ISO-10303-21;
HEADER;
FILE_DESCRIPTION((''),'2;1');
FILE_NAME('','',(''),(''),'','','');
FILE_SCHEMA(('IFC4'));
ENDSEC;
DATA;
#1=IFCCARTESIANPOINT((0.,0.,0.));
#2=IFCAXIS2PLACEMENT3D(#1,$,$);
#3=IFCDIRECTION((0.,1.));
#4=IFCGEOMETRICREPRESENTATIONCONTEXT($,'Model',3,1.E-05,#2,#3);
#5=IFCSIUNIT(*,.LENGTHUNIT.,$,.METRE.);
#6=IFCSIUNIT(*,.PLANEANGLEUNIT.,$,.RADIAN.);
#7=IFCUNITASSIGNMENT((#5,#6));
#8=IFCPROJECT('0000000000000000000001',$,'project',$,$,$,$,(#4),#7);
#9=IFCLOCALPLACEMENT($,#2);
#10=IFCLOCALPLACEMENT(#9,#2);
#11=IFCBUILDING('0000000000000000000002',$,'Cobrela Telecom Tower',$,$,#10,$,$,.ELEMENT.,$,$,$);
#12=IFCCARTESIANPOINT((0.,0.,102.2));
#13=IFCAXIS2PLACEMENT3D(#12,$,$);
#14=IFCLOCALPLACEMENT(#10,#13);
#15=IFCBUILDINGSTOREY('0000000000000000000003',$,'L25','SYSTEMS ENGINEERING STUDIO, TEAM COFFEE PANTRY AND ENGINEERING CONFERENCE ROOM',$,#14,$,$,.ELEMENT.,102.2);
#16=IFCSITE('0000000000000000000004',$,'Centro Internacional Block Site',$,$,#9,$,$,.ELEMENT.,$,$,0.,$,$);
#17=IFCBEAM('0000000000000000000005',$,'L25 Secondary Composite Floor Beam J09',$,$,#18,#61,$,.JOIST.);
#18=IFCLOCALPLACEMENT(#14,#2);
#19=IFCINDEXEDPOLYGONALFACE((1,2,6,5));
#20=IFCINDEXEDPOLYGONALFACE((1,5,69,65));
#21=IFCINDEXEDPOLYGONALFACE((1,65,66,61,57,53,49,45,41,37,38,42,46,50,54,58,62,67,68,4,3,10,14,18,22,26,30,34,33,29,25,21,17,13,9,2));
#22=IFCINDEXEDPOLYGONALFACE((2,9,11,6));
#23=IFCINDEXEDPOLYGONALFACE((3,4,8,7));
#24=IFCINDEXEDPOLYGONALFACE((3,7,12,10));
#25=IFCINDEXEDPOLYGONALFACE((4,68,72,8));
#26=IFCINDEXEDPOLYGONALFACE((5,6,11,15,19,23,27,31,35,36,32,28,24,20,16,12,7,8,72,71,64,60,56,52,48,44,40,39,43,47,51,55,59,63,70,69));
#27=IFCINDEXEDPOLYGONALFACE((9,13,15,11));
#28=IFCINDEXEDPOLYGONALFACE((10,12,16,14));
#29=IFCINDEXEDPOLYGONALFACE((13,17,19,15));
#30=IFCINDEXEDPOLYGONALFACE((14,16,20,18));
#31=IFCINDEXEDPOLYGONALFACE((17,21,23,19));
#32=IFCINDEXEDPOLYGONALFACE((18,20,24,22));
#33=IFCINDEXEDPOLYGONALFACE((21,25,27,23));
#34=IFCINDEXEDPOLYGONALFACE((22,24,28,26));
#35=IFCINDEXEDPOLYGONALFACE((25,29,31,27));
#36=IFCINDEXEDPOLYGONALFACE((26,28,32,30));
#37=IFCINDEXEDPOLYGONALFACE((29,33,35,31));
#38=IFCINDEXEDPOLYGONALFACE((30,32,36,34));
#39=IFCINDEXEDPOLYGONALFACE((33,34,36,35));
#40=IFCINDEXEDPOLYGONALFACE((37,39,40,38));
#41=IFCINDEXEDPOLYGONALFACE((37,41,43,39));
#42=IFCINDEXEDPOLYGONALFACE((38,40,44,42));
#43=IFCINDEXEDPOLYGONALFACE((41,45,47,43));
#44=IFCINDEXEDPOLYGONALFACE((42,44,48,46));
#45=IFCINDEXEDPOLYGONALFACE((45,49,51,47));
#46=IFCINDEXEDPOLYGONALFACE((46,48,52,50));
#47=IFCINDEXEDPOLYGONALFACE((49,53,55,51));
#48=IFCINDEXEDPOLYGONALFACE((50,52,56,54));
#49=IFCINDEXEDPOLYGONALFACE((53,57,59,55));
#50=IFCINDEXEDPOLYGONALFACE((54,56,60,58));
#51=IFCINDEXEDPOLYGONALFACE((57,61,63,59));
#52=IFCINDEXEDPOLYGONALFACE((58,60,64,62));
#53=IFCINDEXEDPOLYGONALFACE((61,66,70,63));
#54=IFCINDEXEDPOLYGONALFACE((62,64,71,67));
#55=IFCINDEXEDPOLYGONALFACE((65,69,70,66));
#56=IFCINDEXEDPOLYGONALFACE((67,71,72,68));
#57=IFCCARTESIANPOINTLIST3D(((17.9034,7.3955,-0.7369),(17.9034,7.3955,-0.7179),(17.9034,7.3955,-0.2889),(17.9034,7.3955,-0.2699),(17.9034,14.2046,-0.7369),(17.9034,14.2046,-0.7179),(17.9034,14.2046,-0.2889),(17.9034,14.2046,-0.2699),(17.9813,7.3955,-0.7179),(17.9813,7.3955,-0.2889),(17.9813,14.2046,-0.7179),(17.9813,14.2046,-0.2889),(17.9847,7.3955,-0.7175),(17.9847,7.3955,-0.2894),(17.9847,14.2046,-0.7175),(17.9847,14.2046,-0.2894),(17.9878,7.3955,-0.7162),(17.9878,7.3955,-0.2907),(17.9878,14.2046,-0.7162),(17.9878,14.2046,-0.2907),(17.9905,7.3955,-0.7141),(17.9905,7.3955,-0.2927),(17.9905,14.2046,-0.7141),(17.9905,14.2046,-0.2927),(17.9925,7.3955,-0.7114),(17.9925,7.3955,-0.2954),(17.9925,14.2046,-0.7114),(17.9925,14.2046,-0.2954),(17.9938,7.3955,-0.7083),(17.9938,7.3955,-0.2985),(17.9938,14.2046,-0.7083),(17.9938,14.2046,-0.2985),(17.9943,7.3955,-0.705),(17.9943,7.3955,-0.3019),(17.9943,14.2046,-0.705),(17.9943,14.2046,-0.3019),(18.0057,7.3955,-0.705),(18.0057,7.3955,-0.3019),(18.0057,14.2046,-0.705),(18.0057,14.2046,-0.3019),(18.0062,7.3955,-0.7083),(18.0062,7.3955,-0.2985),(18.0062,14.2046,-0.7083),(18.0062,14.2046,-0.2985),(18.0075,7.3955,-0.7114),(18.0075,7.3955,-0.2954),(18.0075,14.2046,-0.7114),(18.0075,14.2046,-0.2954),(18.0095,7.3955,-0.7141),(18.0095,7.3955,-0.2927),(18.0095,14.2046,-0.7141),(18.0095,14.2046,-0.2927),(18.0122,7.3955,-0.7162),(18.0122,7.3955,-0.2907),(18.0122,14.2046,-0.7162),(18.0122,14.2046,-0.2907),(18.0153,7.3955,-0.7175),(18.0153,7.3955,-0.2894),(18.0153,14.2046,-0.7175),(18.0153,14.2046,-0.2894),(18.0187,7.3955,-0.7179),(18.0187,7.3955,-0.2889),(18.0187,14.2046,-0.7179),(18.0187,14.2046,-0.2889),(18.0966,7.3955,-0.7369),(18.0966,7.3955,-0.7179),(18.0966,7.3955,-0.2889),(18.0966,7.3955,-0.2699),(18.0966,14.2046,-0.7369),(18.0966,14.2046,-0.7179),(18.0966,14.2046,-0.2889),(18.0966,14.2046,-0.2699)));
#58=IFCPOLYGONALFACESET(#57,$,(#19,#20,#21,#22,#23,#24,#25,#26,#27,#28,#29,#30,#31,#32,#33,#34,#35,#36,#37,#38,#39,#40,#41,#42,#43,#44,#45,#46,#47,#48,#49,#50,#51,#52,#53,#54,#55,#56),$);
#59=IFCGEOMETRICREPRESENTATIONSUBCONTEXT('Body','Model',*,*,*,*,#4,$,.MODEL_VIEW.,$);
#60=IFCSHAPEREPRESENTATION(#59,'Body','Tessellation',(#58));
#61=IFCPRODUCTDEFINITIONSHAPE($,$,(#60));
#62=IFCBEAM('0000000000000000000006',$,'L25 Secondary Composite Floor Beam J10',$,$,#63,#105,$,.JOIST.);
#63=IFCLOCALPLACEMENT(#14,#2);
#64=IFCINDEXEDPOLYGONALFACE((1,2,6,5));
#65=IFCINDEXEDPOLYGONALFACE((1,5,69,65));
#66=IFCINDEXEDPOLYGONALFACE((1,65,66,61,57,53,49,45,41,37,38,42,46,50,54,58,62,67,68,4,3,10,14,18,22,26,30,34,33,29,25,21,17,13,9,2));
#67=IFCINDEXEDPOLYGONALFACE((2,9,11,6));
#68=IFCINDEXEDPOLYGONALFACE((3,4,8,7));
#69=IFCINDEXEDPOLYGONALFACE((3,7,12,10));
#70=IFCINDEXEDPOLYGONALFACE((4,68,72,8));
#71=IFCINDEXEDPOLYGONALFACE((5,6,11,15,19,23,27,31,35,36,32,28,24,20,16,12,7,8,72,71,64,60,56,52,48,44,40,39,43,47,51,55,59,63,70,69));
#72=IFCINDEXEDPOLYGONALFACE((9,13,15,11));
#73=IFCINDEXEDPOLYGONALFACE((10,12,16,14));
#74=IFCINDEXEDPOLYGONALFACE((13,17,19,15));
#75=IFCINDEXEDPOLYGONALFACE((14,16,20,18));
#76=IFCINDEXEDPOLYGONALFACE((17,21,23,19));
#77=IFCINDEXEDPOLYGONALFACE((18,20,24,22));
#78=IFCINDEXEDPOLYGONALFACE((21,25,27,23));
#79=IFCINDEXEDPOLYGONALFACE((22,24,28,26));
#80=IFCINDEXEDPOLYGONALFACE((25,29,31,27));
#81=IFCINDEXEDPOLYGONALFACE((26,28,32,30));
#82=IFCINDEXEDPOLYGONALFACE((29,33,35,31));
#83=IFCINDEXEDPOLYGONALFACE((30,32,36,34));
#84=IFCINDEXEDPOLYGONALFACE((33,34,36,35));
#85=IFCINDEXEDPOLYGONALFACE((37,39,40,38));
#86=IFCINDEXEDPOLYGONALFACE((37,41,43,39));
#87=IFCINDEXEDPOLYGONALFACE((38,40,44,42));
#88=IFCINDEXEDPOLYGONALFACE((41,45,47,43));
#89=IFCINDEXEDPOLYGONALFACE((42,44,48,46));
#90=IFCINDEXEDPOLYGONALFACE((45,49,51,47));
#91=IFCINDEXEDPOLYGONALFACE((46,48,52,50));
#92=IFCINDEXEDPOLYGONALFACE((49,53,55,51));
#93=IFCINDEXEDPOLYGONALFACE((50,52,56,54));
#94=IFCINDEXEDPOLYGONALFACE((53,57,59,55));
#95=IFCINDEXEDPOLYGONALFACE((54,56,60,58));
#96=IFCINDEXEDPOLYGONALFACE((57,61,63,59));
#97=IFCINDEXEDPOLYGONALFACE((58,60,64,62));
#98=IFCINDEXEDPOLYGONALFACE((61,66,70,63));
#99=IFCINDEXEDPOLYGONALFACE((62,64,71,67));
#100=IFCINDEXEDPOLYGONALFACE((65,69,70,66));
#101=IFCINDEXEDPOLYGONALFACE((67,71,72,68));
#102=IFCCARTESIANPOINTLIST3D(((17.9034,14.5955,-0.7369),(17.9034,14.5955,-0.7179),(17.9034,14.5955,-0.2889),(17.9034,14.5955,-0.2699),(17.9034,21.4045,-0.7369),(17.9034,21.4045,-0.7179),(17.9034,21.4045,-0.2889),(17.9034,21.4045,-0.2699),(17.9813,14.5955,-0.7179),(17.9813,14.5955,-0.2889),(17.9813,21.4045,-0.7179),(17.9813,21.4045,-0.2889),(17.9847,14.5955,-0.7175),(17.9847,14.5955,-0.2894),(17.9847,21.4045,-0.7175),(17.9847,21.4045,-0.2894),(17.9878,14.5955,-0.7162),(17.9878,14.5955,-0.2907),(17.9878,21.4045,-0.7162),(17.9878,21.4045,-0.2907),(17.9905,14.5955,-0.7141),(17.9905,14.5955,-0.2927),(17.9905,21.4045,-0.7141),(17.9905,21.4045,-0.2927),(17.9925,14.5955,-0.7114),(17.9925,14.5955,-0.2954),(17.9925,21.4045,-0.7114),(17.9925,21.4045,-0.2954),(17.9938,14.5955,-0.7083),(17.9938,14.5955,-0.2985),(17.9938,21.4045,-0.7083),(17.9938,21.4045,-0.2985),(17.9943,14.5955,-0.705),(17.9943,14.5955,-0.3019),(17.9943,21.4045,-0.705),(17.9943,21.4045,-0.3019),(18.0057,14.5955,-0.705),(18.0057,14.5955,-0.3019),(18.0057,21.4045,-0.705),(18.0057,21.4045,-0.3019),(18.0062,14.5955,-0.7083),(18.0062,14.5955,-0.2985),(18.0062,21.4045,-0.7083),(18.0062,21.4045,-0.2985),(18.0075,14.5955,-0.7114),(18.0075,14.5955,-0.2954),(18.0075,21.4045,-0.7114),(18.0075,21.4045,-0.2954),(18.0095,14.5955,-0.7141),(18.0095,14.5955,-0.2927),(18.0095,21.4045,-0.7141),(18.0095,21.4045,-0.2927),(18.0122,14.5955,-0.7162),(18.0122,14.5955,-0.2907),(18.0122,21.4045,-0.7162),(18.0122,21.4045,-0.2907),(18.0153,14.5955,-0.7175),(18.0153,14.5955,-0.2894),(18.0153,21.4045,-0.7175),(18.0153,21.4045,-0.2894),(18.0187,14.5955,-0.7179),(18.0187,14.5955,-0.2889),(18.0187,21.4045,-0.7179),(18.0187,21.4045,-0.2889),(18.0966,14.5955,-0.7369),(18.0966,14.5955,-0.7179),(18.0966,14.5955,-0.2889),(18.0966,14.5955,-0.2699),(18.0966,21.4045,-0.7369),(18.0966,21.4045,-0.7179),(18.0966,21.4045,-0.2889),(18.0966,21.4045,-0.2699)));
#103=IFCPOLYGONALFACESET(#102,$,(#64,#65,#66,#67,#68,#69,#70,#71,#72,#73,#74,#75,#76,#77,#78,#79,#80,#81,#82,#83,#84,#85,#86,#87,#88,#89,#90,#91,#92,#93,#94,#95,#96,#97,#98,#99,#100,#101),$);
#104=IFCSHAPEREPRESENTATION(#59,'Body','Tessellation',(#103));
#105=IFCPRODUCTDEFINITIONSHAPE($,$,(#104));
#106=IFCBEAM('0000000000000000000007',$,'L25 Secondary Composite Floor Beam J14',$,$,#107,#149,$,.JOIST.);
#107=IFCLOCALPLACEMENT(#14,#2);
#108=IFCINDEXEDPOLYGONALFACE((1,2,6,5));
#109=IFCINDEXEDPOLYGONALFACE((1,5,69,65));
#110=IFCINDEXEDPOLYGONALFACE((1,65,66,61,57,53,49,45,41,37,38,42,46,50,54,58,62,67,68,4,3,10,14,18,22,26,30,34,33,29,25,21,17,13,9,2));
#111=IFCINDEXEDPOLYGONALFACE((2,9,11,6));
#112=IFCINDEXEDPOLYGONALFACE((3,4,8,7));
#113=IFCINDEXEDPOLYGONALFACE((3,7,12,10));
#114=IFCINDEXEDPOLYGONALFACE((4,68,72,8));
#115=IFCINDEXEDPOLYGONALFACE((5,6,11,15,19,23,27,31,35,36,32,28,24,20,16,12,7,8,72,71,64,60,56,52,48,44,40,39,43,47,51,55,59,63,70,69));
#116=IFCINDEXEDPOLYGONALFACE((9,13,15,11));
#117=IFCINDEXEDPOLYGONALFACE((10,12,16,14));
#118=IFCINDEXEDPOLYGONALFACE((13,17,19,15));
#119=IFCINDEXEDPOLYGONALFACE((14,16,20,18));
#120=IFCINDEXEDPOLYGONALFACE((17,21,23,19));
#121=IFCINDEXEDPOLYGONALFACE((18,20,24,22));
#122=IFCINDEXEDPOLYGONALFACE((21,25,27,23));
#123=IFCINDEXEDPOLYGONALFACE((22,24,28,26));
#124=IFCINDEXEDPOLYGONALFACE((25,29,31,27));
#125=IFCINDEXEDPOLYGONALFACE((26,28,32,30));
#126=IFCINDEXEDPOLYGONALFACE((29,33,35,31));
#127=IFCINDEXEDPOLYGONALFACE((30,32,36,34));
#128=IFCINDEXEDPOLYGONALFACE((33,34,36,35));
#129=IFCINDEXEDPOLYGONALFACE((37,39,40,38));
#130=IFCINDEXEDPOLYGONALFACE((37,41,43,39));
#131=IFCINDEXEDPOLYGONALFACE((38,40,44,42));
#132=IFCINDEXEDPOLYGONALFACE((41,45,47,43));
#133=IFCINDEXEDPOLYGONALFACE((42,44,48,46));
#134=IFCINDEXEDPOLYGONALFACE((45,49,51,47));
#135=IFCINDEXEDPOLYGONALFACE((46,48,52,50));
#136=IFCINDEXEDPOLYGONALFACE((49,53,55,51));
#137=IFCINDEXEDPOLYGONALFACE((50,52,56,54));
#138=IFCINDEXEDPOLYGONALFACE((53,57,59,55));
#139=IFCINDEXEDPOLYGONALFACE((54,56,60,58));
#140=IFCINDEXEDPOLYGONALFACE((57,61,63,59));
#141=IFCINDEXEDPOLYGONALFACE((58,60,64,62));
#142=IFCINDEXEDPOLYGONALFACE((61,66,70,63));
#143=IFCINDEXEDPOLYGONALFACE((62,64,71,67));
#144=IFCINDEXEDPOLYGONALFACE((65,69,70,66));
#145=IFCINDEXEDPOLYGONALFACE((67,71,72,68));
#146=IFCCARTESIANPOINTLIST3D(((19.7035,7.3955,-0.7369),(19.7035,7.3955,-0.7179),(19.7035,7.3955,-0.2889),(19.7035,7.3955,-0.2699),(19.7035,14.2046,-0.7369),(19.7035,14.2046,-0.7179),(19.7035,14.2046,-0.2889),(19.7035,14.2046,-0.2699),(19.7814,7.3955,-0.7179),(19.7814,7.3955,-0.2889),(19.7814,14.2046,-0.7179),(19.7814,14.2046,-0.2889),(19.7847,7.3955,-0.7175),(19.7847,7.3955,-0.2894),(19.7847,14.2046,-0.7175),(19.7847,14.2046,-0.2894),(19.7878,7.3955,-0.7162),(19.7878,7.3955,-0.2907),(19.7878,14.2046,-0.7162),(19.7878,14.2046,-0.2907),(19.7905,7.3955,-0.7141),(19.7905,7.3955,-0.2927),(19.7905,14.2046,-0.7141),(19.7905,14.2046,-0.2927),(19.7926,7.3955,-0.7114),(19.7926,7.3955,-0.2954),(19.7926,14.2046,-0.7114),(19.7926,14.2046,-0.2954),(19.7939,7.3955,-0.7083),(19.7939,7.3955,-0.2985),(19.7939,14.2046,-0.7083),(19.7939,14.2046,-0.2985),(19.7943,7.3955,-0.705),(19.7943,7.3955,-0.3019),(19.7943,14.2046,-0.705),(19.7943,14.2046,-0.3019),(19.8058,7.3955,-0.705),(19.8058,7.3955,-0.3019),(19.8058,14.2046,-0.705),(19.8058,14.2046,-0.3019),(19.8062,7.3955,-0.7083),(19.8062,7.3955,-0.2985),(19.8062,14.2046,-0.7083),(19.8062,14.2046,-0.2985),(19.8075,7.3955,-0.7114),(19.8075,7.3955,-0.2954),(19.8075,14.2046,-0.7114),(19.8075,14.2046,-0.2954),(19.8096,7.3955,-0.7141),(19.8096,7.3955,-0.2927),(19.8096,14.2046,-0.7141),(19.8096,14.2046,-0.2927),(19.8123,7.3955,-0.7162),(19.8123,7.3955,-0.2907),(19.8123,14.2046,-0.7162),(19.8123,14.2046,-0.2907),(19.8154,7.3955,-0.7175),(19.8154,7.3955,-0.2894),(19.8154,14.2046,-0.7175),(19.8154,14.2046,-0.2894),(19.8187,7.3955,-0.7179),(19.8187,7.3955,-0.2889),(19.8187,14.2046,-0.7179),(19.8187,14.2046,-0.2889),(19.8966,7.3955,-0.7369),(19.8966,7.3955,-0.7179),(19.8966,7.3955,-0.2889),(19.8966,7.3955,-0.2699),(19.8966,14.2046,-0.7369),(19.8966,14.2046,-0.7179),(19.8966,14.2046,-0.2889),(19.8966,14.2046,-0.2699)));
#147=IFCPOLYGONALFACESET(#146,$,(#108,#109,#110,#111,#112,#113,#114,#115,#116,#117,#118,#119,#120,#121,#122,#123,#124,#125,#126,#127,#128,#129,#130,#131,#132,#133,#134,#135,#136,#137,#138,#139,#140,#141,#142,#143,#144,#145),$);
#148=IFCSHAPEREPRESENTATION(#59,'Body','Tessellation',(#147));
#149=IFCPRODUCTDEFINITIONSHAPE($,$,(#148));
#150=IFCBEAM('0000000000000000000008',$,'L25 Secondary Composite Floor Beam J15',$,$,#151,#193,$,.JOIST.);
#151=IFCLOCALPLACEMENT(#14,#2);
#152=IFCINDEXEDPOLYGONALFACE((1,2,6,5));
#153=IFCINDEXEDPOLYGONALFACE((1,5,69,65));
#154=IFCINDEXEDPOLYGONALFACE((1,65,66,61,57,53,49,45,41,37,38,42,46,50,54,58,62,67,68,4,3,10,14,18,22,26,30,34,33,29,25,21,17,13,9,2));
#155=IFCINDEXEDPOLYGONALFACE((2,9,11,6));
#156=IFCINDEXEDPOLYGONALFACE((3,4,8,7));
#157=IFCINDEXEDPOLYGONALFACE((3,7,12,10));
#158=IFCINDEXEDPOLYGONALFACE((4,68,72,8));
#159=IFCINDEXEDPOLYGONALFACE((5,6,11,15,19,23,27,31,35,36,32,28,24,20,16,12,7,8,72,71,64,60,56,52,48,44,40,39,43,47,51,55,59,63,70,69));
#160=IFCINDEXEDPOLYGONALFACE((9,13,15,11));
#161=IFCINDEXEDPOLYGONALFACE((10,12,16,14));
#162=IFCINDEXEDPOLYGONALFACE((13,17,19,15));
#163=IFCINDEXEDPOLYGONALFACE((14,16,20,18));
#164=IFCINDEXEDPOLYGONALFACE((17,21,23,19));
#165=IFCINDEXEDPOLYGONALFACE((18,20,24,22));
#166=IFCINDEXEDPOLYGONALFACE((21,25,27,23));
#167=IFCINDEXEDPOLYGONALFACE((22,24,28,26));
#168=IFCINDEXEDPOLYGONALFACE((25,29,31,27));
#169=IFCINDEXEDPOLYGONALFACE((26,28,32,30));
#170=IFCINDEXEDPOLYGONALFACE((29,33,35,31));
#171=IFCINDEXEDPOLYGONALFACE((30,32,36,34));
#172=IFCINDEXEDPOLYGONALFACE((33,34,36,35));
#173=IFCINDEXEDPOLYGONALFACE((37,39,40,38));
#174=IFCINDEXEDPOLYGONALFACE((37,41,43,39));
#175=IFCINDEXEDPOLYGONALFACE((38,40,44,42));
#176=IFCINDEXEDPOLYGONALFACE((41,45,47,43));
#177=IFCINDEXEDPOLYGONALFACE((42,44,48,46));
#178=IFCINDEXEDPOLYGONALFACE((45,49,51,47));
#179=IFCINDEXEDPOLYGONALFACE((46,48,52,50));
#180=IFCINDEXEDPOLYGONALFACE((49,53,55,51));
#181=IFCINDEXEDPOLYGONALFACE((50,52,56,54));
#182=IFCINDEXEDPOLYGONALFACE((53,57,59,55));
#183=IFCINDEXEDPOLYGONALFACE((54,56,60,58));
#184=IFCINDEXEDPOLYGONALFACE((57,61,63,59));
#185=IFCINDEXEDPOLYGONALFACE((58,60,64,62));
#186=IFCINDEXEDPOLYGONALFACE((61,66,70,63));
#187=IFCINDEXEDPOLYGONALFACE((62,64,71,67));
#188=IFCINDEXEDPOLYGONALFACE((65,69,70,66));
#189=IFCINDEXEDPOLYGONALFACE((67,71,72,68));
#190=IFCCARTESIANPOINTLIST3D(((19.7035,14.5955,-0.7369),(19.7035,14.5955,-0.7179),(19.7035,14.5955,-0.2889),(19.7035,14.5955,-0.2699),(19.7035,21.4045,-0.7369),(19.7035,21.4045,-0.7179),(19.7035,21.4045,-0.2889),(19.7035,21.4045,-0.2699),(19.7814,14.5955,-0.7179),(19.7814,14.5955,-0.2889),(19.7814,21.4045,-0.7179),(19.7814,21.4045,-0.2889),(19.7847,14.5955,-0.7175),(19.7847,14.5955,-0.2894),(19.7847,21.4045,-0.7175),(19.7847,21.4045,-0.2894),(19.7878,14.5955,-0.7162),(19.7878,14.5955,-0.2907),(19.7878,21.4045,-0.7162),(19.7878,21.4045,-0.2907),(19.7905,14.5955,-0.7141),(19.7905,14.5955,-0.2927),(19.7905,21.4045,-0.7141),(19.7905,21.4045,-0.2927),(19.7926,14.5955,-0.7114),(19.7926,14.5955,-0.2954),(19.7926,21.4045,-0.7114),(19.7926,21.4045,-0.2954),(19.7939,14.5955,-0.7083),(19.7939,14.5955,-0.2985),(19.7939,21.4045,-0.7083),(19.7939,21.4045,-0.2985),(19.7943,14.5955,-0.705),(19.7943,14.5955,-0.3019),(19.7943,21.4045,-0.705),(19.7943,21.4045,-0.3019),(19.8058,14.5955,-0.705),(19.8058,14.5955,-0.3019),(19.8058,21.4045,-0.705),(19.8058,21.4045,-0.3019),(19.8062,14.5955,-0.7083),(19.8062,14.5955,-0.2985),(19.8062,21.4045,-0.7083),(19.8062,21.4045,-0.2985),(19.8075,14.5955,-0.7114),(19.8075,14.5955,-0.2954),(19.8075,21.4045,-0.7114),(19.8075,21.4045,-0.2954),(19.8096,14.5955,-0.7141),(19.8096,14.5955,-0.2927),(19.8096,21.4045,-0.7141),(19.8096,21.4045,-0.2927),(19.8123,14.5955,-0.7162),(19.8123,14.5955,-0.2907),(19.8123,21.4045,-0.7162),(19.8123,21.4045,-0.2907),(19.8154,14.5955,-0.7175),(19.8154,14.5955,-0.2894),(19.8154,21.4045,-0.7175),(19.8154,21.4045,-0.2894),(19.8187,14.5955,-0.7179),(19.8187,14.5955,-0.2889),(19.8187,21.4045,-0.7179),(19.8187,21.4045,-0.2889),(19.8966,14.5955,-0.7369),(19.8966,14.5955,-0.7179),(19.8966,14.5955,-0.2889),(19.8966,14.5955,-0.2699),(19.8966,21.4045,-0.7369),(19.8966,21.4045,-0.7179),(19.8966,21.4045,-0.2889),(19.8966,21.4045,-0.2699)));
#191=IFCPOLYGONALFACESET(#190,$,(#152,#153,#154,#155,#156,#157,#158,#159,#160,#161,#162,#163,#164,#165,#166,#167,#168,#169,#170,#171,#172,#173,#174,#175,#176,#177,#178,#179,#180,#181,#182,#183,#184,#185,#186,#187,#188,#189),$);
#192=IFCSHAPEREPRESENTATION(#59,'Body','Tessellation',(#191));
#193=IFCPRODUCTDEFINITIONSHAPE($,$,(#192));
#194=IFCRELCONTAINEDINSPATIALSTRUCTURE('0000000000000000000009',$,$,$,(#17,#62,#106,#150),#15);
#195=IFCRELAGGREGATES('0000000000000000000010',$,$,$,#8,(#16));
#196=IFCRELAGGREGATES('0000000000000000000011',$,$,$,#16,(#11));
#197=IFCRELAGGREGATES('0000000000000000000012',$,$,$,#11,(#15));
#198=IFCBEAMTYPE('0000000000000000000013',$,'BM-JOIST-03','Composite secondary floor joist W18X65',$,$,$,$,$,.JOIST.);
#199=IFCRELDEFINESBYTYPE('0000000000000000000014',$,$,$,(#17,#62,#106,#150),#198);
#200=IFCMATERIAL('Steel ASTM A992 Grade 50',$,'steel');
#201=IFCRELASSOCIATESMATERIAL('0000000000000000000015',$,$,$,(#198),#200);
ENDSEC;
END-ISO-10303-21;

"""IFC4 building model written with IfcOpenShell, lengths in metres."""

from ifc_helpers import new_model, si_unit, direction, frame, origin, origin_2d, place, context, subcontext, project, spatial, i_section, extrude, material, material_profile, profile_set, type_object, element, save


model = new_model("IFC4")

# Units and contexts
model_context = context("Model", 3, precision=1e-05, world=origin(), true_north=direction((0.0, 1.0)))
body_context = subcontext(model_context, "Body", "Model", "MODEL_VIEW")
ifc_project = project(units=[si_unit("LENGTHUNIT", "METRE"), si_unit("PLANEANGLEUNIT", "RADIAN")], contexts=[model_context])

# Site, building, storey
site_placement = place(None, origin())
site = spatial("IfcSite", under=ifc_project, at=site_placement, Name="Centro Internacional Block Site", CompositionType="ELEMENT", RefElevation=0.0)
building_placement = place(site_placement, origin())
building = spatial("IfcBuilding", under=site, at=building_placement, Name="Cobrela Telecom Tower", CompositionType="ELEMENT")
storey_placement = place(building_placement, frame((0.0, 0.0, 102.2)))
storey = spatial("IfcBuildingStorey", under=building, at=storey_placement, Name="L25", Description="SYSTEMS ENGINEERING STUDIO, TEAM COFFEE PANTRY AND ENGINEERING CONFERENCE ROOM", CompositionType="ELEMENT", Elevation=102.2)

# Shared definitions
ifc_material_1 = material(Name="Steel ASTM A992 Grade 50", Category="steel")

# Beams
ifc_material_profile_1 = material_profile(ifc_material_1, i_section(OverallWidth=0.1931, OverallDepth=0.467, WebThickness=0.0115, FlangeThickness=0.019, FilletRadius=0.0129, at=origin_2d()), Name="W18X65")
ifc_profile_set_1 = profile_set([ifc_material_profile_1], Name="Steel ASTM A992 Grade 50")
beam_type_1 = type_object("IfcBeamType", Name="BM-JOIST-03", Description="Composite secondary floor joist W18X65", PredefinedType="JOIST", material=ifc_profile_set_1)
for number, where, z_axis, x_axis, name in (
    (1, (18.0, 7.3955, -0.5034), (0.0, 1.0, 0.0), (-1.0, 0.0, 0.0), "L25 Secondary Composite Floor Beam J09"),
    (2, (18.0, 14.5955, -0.5034), (0.0, 1.0, 0.0), (-1.0, 0.0, 0.0), "L25 Secondary Composite Floor Beam J10"),
    (3, (19.8, 7.3955, -0.5034), (0.0, 1.0, 0.0), (-1.0, 0.0, 0.0), "L25 Secondary Composite Floor Beam J14"),
    (4, (19.8, 14.5955, -0.5034), (0.0, 1.0, 0.0), (-1.0, 0.0, 0.0), "L25 Secondary Composite Floor Beam J15"),
):
    element("IfcBeam", number, at=place(storey_placement, frame(where, z_axis=z_axis, x_axis=x_axis)), inside=storey, type_object=beam_type_1, Name=name, PredefinedType="JOIST", context=body_context, shape_type="SweptSolid", body=[
        extrude(i_section(OverallWidth=0.1931, OverallDepth=0.467, WebThickness=0.0115, FlangeThickness=0.019, FilletRadius=0.0129, at=origin_2d()), origin(), (0.0, 0.0, 1.0), 6.8091),
    ])

save(model, "model.ifc")
